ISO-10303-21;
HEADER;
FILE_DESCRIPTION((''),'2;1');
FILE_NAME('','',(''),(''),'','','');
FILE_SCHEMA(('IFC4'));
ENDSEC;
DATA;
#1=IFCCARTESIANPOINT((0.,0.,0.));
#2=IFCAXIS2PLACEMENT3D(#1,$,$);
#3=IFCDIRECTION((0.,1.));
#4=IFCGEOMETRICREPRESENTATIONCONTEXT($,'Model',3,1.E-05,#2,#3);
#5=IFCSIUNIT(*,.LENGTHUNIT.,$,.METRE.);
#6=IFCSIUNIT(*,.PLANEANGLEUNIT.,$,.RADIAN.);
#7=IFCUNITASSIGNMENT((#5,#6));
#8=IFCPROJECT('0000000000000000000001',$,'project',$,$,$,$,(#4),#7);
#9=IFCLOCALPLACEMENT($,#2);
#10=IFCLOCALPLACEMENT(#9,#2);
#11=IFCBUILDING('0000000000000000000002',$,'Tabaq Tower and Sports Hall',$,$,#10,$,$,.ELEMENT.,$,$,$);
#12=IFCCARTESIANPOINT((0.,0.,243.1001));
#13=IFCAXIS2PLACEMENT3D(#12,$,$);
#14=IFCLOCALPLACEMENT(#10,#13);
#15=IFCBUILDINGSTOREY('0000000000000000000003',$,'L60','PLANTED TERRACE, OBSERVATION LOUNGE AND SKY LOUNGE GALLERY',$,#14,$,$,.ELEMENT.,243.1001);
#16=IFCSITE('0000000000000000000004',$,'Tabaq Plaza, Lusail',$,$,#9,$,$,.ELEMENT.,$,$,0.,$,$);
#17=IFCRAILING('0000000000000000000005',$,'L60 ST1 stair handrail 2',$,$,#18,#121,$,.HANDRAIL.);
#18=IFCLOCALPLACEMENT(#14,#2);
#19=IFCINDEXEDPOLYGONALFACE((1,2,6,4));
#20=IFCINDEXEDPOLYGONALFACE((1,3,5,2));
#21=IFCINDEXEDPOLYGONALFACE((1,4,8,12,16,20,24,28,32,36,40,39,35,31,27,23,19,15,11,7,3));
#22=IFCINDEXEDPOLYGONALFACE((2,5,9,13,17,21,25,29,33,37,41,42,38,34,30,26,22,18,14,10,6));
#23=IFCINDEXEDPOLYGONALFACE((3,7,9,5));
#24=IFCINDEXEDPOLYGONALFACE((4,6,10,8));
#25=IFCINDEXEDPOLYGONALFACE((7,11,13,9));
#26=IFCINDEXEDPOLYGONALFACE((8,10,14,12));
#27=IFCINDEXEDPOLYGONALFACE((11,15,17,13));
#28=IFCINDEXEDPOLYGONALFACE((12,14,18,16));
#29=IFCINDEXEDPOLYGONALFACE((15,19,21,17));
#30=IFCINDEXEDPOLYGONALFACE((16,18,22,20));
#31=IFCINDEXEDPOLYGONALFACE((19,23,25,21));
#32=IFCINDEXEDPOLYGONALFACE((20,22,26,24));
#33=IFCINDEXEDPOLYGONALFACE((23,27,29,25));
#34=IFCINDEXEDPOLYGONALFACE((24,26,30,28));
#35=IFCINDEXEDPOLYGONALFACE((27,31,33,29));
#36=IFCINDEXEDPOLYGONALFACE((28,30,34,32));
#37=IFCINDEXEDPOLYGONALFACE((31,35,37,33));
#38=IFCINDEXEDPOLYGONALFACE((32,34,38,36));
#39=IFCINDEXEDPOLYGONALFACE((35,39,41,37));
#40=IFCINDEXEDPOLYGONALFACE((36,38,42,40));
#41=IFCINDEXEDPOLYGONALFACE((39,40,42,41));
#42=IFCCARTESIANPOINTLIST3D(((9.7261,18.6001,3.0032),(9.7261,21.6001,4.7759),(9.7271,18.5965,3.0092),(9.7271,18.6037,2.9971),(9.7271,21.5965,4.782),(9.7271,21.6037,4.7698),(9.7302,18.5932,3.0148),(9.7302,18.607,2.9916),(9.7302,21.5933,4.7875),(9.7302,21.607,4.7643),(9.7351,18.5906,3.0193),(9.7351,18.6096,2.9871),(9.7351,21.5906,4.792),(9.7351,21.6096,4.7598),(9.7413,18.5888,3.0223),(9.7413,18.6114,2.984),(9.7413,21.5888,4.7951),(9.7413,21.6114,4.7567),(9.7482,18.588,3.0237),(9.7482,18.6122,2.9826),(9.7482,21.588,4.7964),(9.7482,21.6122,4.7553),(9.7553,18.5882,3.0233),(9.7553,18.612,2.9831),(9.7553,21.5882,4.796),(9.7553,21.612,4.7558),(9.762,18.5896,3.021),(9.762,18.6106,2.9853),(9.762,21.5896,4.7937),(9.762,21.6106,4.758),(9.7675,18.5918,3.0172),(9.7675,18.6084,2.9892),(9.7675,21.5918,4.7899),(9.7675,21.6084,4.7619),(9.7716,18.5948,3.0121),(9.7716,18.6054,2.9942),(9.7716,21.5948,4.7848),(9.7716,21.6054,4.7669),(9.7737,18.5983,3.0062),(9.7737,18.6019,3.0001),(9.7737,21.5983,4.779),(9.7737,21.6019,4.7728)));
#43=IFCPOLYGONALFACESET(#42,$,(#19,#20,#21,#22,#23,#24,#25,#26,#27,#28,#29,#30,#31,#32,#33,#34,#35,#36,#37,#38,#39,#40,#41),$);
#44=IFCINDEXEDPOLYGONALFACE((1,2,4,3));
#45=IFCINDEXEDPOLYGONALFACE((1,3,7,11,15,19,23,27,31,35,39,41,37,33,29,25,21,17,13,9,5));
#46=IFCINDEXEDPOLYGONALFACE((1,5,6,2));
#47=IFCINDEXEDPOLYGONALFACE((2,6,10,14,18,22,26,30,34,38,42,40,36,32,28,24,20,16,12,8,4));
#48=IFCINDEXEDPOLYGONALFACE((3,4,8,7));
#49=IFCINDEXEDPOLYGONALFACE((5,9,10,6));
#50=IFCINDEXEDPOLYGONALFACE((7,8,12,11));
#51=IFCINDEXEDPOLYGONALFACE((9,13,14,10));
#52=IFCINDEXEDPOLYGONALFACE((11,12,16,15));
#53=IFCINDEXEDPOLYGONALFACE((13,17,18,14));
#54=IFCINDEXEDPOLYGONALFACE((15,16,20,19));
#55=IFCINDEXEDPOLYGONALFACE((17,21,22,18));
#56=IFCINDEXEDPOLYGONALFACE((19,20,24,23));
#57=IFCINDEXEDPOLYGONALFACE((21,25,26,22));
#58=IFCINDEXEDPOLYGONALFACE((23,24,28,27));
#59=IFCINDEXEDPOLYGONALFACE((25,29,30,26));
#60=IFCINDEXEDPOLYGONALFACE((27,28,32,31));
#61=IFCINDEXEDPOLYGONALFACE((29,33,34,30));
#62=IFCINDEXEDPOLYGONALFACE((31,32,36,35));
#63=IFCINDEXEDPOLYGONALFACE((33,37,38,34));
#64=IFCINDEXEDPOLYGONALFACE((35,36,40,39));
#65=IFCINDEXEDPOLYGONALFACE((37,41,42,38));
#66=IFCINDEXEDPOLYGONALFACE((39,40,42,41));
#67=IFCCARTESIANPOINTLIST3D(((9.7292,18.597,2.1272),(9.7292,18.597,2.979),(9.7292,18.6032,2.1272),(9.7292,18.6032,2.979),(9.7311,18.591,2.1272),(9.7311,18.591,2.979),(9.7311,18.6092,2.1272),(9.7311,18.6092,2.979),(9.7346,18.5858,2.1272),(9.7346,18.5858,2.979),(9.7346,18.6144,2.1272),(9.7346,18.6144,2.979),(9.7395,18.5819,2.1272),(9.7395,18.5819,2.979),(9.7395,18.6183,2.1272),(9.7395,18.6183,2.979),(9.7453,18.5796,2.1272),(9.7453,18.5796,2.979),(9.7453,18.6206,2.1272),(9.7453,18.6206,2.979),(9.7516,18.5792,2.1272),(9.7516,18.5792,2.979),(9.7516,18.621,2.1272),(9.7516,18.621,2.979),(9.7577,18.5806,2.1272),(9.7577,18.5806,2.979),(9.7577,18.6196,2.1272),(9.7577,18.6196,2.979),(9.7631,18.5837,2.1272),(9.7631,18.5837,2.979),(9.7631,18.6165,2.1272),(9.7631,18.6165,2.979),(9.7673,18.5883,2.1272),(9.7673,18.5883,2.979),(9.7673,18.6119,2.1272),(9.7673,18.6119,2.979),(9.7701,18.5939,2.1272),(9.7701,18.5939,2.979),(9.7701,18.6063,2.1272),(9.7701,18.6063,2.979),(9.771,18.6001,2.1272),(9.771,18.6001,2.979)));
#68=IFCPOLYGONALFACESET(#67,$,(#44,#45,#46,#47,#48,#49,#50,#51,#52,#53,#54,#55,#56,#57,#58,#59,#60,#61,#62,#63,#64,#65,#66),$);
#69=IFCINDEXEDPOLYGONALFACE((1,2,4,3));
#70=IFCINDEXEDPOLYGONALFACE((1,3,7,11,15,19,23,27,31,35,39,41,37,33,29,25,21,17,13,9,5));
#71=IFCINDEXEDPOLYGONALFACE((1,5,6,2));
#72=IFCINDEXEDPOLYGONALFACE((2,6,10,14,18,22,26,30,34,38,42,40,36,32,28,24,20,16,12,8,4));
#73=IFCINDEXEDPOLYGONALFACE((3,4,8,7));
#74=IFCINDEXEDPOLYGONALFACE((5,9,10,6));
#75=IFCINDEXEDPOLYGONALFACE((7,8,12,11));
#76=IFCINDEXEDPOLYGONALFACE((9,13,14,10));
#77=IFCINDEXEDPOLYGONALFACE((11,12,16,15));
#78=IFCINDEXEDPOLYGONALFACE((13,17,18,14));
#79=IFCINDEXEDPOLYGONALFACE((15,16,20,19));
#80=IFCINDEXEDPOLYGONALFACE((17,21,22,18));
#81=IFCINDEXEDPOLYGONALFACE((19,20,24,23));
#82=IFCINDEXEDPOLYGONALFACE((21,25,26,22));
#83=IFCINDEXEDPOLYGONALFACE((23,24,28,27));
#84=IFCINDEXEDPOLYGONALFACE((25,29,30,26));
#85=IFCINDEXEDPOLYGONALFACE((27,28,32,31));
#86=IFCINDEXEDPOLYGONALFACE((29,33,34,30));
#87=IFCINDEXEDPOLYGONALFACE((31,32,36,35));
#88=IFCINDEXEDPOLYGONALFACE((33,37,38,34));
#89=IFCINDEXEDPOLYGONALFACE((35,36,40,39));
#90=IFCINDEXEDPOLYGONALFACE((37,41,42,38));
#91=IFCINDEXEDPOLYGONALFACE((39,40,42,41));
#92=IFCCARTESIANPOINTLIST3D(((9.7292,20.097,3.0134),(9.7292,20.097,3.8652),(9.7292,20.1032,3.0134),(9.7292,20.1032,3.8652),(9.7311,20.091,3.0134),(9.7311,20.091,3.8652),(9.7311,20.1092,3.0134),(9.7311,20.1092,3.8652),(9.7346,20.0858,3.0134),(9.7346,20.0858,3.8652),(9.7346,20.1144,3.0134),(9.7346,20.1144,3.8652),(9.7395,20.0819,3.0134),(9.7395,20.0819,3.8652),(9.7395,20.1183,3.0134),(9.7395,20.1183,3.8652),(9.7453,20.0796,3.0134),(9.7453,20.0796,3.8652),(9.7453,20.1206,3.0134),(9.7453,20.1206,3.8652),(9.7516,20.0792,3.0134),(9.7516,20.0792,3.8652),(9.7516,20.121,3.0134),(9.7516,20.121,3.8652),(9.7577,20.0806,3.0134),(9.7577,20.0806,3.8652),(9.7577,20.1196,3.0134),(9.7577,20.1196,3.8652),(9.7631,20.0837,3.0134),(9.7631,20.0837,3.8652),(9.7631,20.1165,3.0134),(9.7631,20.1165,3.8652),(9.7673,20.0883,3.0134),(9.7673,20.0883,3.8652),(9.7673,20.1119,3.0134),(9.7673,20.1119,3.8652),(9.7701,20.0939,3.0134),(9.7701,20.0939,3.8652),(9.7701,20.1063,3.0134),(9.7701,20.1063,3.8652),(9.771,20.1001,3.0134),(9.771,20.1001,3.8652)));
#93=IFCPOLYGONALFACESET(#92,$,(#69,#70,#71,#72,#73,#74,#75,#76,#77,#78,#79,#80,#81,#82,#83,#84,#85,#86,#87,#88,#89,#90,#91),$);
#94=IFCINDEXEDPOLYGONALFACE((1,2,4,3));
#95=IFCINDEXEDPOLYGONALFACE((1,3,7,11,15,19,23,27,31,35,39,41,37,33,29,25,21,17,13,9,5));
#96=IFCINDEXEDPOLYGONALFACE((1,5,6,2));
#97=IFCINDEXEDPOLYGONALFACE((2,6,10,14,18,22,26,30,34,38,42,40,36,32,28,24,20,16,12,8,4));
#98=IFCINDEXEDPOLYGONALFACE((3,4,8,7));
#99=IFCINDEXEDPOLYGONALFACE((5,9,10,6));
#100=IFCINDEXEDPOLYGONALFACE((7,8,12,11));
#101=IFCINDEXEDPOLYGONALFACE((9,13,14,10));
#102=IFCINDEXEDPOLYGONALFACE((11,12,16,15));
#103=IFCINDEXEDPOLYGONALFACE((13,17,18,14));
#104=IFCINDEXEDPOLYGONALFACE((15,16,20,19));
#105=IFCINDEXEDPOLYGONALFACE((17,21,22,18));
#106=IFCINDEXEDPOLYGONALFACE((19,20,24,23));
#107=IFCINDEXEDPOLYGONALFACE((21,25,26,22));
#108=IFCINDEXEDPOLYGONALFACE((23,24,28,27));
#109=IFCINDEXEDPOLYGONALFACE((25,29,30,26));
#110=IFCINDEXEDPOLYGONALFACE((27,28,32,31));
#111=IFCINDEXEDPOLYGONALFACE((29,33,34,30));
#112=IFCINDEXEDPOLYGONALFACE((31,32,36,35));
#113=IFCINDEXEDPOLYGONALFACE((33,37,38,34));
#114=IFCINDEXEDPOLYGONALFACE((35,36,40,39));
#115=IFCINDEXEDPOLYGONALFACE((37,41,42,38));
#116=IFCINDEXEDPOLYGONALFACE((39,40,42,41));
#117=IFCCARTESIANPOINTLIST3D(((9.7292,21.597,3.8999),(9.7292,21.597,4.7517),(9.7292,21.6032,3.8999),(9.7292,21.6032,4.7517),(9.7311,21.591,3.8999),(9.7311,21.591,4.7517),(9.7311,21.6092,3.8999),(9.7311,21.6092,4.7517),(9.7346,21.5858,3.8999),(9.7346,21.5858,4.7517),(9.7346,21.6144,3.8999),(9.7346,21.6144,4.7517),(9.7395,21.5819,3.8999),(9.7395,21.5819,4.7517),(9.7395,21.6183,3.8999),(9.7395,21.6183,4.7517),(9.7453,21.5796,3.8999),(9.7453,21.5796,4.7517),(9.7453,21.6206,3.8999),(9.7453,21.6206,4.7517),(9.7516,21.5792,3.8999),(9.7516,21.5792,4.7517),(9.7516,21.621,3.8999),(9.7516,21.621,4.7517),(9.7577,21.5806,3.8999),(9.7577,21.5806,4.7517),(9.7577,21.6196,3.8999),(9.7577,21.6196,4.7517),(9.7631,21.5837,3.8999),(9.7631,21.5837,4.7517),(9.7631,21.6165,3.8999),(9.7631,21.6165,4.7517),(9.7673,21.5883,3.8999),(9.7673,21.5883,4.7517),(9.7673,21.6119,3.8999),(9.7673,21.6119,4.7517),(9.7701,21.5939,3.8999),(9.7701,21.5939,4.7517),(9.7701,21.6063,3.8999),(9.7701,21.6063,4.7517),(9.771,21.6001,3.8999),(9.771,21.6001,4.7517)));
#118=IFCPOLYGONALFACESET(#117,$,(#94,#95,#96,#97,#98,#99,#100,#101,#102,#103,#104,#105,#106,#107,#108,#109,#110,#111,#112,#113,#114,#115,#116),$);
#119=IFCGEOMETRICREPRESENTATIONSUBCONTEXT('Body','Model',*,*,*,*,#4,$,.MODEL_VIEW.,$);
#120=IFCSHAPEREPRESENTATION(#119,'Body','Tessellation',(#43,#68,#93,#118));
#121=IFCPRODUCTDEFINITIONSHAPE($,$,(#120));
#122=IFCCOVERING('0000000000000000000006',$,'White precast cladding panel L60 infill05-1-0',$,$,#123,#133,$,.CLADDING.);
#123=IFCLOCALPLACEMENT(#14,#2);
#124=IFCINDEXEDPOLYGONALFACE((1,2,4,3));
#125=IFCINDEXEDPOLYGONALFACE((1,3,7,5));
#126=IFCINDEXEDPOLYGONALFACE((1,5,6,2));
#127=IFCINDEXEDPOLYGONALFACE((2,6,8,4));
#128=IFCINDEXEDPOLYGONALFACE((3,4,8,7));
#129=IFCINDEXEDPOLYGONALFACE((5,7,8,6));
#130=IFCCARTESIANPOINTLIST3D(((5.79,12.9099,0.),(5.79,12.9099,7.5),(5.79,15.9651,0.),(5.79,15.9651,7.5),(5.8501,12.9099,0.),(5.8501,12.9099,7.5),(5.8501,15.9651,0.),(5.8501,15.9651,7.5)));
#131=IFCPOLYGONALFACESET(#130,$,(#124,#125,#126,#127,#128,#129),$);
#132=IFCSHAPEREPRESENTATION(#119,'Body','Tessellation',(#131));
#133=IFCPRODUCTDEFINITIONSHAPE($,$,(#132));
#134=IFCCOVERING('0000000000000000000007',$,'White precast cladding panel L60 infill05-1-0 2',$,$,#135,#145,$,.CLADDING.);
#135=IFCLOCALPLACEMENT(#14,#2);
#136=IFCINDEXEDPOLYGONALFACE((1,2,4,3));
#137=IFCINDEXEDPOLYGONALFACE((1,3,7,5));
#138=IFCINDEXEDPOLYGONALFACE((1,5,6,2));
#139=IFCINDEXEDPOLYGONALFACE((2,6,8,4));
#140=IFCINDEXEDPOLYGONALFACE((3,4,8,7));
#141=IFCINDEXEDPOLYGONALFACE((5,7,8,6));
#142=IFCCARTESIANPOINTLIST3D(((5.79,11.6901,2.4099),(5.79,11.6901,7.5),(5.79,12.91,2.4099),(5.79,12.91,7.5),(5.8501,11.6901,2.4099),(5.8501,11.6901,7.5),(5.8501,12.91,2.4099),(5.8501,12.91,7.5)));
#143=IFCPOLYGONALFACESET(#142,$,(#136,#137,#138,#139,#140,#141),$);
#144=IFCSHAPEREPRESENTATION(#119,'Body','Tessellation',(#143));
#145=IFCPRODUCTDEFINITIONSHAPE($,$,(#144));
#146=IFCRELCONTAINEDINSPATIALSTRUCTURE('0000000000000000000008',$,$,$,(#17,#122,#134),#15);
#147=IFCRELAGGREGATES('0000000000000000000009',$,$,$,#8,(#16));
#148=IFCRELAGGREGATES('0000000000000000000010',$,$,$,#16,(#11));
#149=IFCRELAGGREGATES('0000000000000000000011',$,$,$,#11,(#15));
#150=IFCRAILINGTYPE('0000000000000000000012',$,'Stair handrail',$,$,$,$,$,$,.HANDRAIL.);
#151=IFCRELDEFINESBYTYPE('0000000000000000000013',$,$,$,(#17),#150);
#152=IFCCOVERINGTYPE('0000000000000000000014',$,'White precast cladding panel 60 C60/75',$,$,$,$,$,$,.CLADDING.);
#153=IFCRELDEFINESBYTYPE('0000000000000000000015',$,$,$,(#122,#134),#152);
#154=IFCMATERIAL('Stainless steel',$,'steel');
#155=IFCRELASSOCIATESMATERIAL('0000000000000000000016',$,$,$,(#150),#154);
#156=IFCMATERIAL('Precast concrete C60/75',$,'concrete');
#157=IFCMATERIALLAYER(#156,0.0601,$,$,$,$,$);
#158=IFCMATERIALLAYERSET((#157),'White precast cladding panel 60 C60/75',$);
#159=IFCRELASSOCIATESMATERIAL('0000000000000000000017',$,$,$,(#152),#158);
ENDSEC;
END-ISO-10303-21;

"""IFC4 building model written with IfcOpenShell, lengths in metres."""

from ifc_helpers import new_model, si_unit, direction, frame, frame_2d, origin, origin_2d, place, context, subcontext, project, spatial, rectangle, circle, extrude, material, layer, layer_set, type_object, element, save


model = new_model("IFC4")

# Units and contexts
model_context = context("Model", 3, precision=1e-05, world=origin(), true_north=direction((0.0, 1.0)))
body_context = subcontext(model_context, "Body", "Model", "MODEL_VIEW")
ifc_project = project(units=[si_unit("LENGTHUNIT", "METRE"), si_unit("PLANEANGLEUNIT", "RADIAN")], contexts=[model_context])

# Site, building, storey
site_placement = place(None, origin())
site = spatial("IfcSite", under=ifc_project, at=site_placement, Name="Tabaq Plaza, Lusail", CompositionType="ELEMENT", RefElevation=0.0)
building_placement = place(site_placement, origin())
building = spatial("IfcBuilding", under=site, at=building_placement, Name="Tabaq Tower and Sports Hall", CompositionType="ELEMENT")
storey_placement = place(building_placement, frame((0.0, 0.0, 243.1001)))
storey = spatial("IfcBuildingStorey", under=building, at=storey_placement, Name="L60", Description="PLANTED TERRACE, OBSERVATION LOUNGE AND SKY LOUNGE GALLERY", CompositionType="ELEMENT", Elevation=243.1001)

# Railing
ifc_material_1 = material(Name="Stainless steel", Category="steel")
railing_type_1 = type_object("IfcRailingType", Name="Stair handrail", PredefinedType="HANDRAIL", material=ifc_material_1)
railing_1_placement = place(storey_placement, frame((9.75, 18.6001, 2.1272)))
element("IfcRailing", 1, at=railing_1_placement, inside=storey, type_object=railing_type_1, Name="L60 ST1 stair handrail 2", PredefinedType="HANDRAIL", context=body_context, shape_type="SweptSolid", body=[
    extrude(circle(Radius=0.0239, at=origin_2d()), frame((0.0, 0.0, 0.876), z_axis=(0.0, 0.860929, 0.508725), x_axis=(-1.0, 0.0, 0.0)), (0.0, 0.0, 1.0), 3.4846),
    extrude(circle(Radius=0.021, at=origin_2d()), origin(), (0.0, 0.0, 1.0), 0.8518),
    extrude(circle(Radius=0.021, at=origin_2d()), frame((0.0, 1.5, 0.8862)), (0.0, 0.0, 1.0), 0.8518),
    extrude(circle(Radius=0.021, at=origin_2d()), frame((0.0, 3.0, 1.7727)), (0.0, 0.0, 1.0), 0.8518),
])

# Coverings
ifc_material_2 = material(Name="Precast concrete C60/75", Category="concrete")
ifc_layer_1 = layer(ifc_material_2, 0.0601)
ifc_layer_set_1 = layer_set([ifc_layer_1], Name="White precast cladding panel 60 C60/75")
covering_type = type_object("IfcCoveringType", Name="White precast cladding panel 60 C60/75", PredefinedType="CLADDING", material=ifc_layer_set_1)
covering_1_placement = place(storey_placement, frame((5.8201, 15.9651, 0.0), z_axis=(0.0, 0.0, 1.0), x_axis=(0.0, -1.0, 0.0)))
element("IfcCovering", 2, at=covering_1_placement, inside=storey, type_object=covering_type, Name="White precast cladding panel L60 infill05-1-0", PredefinedType="CLADDING", context=body_context, shape_type="SweptSolid", body=[
    extrude(rectangle(XDim=3.0552, YDim=0.0601, at=frame_2d((1.5276, 0.0))), origin(), (0.0, 0.0, 1.0), 7.5),
])
covering_2_placement = place(storey_placement, frame((5.8201, 12.9099, 2.4099), z_axis=(0.0, 0.0, 1.0), x_axis=(0.0, -1.0, 0.0)))
element("IfcCovering", 3, at=covering_2_placement, inside=storey, type_object=covering_type, Name="White precast cladding panel L60 infill05-1-0 2", PredefinedType="CLADDING", context=body_context, shape_type="SweptSolid", body=[
    extrude(rectangle(XDim=1.22, YDim=0.0601, at=frame_2d((0.6099, 0.0))), origin(), (0.0, 0.0, 1.0), 5.0901),
])

save(model, "model.ifc")
